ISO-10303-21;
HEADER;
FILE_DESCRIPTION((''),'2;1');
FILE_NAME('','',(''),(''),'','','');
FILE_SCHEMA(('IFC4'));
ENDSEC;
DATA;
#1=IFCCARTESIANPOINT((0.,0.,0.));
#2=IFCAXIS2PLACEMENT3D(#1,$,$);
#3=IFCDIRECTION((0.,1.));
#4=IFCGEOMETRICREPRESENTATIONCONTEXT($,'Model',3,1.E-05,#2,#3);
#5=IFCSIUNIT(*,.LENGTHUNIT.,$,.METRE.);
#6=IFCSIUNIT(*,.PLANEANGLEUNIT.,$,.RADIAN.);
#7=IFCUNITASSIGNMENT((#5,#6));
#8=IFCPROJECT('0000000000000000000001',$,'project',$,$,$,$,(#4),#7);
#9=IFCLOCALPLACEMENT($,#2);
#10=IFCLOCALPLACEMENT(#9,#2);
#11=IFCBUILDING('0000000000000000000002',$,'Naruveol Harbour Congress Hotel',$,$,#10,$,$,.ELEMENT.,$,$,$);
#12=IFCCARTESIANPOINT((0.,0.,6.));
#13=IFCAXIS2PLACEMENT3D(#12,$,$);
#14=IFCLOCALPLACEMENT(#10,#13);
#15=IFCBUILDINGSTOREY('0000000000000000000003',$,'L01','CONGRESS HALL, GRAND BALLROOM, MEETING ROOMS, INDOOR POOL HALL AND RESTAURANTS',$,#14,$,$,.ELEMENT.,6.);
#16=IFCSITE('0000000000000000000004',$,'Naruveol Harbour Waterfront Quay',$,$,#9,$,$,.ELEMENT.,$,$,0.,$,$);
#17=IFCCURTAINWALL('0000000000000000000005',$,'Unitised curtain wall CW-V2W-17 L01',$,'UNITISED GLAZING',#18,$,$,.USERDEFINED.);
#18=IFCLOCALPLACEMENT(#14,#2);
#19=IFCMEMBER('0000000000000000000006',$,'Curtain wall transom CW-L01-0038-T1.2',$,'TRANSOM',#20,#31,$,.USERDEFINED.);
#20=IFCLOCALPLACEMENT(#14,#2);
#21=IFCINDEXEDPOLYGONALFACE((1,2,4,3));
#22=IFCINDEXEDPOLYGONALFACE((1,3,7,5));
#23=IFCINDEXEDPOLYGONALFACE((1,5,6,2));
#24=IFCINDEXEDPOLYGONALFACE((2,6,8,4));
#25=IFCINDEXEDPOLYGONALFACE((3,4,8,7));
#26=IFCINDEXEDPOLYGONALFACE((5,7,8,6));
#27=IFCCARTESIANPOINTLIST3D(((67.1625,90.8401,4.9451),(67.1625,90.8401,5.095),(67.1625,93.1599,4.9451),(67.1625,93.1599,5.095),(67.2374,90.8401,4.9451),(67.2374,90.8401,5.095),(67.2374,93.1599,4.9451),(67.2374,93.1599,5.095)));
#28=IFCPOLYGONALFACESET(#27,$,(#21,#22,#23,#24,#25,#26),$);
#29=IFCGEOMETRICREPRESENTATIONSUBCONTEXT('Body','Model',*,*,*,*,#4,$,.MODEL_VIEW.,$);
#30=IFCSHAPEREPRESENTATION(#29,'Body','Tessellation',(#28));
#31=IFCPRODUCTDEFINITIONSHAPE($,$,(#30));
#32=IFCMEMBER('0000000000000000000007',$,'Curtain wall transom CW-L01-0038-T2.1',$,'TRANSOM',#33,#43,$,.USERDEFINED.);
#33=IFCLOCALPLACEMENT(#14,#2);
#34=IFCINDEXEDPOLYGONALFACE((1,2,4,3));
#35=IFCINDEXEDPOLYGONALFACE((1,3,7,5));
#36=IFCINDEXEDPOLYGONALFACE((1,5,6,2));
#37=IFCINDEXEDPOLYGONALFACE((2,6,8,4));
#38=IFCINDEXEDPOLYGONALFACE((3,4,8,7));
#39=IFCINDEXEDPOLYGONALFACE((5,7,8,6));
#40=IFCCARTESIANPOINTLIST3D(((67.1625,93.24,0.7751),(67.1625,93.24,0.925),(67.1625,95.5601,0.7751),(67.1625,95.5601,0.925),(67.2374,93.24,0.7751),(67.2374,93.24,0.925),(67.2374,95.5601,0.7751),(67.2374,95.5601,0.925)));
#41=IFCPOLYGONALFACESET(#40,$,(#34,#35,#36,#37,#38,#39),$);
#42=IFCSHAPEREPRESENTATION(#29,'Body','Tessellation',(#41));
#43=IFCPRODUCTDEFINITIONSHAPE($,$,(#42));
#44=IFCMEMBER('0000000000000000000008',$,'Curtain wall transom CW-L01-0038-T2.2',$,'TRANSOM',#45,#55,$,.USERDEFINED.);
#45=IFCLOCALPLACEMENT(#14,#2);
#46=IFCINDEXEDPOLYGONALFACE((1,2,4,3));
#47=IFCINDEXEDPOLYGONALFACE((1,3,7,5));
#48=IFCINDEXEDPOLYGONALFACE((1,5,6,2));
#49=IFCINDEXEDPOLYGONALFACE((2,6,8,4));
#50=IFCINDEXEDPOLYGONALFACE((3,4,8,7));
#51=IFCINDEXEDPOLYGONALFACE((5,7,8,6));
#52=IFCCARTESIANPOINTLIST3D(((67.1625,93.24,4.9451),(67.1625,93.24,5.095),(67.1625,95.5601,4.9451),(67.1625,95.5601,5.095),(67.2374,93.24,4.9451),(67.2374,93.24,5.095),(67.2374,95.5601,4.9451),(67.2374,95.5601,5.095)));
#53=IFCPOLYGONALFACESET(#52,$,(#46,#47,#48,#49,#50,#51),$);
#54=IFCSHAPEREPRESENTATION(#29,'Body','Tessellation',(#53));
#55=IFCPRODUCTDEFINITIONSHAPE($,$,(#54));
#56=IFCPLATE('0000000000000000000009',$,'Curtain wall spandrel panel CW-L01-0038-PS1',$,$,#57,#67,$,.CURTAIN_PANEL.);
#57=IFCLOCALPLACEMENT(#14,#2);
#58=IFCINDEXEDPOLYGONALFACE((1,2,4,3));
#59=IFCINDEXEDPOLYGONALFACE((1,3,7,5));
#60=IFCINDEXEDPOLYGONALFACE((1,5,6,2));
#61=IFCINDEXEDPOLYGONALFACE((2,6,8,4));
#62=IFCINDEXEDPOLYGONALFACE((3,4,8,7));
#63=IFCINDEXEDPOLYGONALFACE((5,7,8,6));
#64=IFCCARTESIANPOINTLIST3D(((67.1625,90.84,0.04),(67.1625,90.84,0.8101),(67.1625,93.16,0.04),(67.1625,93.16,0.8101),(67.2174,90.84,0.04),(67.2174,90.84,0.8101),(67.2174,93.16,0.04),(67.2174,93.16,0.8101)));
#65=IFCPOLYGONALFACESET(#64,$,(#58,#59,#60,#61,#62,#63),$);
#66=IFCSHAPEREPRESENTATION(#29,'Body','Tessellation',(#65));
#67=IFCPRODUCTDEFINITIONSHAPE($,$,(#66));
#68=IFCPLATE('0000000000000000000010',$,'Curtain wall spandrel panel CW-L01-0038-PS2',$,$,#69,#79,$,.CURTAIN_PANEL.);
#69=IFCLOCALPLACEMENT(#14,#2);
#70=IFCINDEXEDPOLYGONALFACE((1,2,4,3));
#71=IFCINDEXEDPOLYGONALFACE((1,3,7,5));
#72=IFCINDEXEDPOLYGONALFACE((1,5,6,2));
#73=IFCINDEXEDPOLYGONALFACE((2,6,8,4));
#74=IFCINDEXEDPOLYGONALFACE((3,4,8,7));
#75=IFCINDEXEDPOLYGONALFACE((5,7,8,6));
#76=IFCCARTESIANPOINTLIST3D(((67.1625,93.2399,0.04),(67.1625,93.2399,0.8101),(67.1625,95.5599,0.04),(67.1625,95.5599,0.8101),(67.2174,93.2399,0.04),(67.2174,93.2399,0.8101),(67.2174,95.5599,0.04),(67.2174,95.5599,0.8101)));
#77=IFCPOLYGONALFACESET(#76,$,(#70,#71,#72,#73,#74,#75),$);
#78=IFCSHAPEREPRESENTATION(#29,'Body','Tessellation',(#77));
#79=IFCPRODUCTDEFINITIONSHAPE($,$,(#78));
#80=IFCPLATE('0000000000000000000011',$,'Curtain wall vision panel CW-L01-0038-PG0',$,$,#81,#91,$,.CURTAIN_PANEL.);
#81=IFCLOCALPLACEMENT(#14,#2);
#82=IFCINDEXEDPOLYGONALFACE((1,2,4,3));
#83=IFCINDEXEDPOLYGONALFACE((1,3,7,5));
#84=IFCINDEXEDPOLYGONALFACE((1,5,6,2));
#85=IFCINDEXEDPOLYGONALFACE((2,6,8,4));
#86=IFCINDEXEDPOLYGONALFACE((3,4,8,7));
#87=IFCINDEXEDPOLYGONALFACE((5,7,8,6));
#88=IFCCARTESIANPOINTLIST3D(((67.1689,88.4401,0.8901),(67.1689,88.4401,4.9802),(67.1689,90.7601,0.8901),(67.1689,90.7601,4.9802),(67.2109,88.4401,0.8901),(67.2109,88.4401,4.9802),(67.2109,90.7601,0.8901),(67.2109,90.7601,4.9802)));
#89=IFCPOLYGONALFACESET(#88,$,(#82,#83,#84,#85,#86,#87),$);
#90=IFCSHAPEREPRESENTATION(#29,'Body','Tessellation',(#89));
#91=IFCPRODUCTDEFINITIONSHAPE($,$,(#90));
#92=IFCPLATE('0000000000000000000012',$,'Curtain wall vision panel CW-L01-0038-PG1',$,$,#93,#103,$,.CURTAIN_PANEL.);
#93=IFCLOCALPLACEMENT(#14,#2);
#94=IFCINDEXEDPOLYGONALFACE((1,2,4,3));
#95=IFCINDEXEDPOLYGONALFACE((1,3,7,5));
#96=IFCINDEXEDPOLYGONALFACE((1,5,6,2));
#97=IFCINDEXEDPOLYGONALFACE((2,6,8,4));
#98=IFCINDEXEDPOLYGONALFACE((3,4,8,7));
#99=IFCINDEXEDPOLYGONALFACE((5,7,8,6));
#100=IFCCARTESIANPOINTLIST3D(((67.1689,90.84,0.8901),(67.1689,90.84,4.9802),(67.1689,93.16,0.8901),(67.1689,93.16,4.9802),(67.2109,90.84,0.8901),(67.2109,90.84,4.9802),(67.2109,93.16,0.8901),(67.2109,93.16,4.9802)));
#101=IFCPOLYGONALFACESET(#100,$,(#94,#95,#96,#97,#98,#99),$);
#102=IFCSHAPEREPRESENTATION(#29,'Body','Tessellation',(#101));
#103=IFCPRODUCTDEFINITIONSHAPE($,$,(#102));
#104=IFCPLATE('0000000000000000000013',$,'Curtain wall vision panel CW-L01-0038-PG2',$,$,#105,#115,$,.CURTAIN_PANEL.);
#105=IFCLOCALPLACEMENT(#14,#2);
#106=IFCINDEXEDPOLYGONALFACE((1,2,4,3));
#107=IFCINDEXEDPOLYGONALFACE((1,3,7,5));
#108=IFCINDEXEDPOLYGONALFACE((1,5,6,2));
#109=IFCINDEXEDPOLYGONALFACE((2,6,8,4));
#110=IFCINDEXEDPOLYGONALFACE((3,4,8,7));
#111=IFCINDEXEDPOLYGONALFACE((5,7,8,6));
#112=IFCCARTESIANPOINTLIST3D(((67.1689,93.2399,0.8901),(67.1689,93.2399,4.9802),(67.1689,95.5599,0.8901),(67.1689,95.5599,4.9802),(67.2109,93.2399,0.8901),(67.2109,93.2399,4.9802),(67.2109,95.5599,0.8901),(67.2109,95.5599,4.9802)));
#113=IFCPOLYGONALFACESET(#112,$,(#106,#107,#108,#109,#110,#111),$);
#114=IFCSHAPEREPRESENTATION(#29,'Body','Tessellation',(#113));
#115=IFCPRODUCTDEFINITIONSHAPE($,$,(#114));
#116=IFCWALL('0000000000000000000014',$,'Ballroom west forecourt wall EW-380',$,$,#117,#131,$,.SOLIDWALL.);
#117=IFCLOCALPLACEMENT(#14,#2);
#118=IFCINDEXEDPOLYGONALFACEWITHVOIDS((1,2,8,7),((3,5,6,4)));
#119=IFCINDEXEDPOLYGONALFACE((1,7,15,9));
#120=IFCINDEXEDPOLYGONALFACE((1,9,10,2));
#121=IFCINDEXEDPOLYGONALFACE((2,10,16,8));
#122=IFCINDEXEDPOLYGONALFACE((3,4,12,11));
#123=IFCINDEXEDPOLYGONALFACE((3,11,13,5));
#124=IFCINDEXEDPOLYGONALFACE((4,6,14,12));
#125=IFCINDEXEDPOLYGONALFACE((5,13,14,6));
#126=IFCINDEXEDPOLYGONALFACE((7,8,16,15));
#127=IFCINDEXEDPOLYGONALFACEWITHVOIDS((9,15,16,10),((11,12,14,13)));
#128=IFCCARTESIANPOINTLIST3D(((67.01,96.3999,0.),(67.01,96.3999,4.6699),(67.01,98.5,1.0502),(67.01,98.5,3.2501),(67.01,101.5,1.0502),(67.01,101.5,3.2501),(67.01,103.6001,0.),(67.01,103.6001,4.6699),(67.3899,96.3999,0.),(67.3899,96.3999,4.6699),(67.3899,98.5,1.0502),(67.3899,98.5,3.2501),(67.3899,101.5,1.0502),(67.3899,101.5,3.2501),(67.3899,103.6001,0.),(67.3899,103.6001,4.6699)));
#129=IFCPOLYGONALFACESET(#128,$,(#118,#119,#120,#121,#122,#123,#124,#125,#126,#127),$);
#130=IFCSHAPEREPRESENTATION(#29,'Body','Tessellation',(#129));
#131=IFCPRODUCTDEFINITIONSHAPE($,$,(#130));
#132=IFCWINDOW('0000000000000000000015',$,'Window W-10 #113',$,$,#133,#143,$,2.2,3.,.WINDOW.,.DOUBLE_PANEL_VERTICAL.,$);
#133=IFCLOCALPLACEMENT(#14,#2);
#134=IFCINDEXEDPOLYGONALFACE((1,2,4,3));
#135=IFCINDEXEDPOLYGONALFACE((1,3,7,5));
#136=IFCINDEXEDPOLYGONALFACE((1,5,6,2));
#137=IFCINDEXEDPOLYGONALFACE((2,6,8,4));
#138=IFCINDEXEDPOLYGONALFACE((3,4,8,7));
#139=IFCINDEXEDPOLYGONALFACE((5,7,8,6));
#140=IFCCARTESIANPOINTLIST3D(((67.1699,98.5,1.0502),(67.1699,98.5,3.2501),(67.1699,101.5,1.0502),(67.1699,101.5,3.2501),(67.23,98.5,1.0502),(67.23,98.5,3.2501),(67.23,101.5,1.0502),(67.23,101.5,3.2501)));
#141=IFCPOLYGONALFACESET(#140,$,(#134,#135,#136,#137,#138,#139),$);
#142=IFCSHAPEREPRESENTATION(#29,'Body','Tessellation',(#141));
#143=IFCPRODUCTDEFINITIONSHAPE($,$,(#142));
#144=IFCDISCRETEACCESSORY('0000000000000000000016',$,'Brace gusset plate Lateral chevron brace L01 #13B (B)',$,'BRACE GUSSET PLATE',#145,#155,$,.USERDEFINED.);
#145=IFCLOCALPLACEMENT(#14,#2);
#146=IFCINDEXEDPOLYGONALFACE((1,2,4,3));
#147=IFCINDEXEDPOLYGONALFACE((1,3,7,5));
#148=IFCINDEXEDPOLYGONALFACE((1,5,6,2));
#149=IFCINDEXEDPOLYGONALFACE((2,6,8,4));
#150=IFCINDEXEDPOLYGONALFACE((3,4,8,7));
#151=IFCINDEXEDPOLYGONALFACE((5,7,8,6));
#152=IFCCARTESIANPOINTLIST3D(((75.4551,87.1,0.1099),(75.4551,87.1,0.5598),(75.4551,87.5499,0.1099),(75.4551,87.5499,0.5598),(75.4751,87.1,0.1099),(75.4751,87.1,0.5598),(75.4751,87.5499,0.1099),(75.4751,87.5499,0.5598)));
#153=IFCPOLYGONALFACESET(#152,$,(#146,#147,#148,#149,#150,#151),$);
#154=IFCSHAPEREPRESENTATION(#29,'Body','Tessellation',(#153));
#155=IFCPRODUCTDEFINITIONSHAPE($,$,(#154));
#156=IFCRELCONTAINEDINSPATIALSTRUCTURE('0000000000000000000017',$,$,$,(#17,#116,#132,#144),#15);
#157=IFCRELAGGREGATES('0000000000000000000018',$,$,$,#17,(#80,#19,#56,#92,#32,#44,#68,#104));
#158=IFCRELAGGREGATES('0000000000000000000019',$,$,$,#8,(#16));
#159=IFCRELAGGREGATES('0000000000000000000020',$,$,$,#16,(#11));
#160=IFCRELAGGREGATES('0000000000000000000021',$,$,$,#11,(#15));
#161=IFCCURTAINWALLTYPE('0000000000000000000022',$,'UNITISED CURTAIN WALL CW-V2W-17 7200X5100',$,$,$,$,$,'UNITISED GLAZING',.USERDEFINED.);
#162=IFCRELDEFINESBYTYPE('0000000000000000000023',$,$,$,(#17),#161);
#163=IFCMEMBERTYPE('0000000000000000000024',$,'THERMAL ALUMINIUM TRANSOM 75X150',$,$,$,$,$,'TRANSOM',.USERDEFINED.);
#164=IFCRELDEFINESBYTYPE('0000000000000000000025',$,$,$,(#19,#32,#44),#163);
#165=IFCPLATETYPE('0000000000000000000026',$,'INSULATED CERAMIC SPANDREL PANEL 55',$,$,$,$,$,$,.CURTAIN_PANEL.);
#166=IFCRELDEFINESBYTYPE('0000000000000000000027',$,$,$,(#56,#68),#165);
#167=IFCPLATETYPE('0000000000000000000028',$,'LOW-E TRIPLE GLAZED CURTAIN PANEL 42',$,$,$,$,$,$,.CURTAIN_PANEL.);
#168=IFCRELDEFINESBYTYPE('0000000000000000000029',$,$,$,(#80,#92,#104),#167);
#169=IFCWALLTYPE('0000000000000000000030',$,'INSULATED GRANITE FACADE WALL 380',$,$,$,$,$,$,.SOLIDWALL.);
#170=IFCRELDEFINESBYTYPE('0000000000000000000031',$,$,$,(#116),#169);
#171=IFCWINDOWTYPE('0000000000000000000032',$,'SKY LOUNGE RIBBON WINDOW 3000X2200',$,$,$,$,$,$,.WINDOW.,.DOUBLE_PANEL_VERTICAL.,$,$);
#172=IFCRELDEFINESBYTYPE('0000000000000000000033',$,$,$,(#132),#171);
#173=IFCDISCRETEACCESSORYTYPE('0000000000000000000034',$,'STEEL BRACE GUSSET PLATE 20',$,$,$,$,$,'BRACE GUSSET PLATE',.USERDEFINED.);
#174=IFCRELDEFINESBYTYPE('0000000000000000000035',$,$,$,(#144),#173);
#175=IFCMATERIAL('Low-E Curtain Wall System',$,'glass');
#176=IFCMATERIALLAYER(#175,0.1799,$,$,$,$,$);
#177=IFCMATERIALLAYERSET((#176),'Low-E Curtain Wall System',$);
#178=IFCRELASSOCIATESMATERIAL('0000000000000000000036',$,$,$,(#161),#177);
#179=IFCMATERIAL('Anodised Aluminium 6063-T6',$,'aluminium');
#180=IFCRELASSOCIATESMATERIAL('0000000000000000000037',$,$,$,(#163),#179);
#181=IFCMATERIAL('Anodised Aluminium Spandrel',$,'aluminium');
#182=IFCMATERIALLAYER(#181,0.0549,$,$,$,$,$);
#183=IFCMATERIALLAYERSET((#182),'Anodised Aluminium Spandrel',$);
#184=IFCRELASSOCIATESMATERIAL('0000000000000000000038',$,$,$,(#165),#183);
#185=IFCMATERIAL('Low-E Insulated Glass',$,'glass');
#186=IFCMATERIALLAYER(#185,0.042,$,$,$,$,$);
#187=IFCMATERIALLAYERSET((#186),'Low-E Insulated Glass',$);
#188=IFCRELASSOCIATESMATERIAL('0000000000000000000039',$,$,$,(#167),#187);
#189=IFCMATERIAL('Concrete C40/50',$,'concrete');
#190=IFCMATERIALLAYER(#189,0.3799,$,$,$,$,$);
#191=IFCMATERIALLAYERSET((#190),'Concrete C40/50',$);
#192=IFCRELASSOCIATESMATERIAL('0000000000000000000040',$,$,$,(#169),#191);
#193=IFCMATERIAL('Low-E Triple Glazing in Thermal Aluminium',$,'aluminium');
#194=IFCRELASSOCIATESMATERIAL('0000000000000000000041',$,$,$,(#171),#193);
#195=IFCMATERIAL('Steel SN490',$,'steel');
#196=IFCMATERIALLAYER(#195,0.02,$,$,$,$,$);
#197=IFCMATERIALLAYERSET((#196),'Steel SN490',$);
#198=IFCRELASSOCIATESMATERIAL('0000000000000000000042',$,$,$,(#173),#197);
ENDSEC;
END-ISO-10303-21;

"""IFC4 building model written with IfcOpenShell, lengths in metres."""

from ifc_helpers import new_model, si_unit, direction, frame, frame_2d, origin, origin_2d, place, context, subcontext, project, spatial, rectangle, extrude, material, layer, layer_set, material_profile, profile_set, type_object, element, fill, aggregate, save


model = new_model("IFC4")

# Units and contexts
model_context = context("Model", 3, precision=1e-05, world=origin(), true_north=direction((0.0, 1.0)))
body_context = subcontext(model_context, "Body", "Model", "MODEL_VIEW")
ifc_project = project(units=[si_unit("LENGTHUNIT", "METRE"), si_unit("PLANEANGLEUNIT", "RADIAN")], contexts=[model_context])

# Site, building, storey
site_placement = place(None, origin())
site = spatial("IfcSite", under=ifc_project, at=site_placement, Name="Naruveol Harbour Waterfront Quay", CompositionType="ELEMENT", RefElevation=0.0)
building_placement = place(site_placement, origin())
building = spatial("IfcBuilding", under=site, at=building_placement, Name="Naruveol Harbour Congress Hotel", CompositionType="ELEMENT")
storey_placement = place(building_placement, frame((0.0, 0.0, 6.0)))
storey = spatial("IfcBuildingStorey", under=building, at=storey_placement, Name="L01", Description="CONGRESS HALL, GRAND BALLROOM, MEETING ROOMS, INDOOR POOL HALL AND RESTAURANTS", CompositionType="ELEMENT", Elevation=6.0)

# Curtain wall
ifc_material_1 = material(Name="Low-E Curtain Wall System", Category="glass")
ifc_layer_1 = layer(ifc_material_1, 0.1799)
ifc_layer_set_1 = layer_set([ifc_layer_1], Name="Low-E Curtain Wall System")
curtain_wall_type = type_object("IfcCurtainWallType", Name="UNITISED CURTAIN WALL CW-V2W-17 7200X5100", ElementType="UNITISED GLAZING", PredefinedType="USERDEFINED", material=ifc_layer_set_1)
curtain_wall_1_placement = place(storey_placement, origin())
curtain_wall_1 = element("IfcCurtainWall", 1, at=curtain_wall_1_placement, inside=storey, type_object=curtain_wall_type, Name="Unitised curtain wall CW-V2W-17 L01", ObjectType="UNITISED GLAZING", PredefinedType="USERDEFINED")

# Members
ifc_material_2 = material(Name="Anodised Aluminium 6063-T6", Category="aluminium")
ifc_material_profile_1 = material_profile(ifc_material_2, rectangle(XDim=0.075, YDim=0.1499, at=origin_2d()), Name="ALU-75x150")
ifc_profile_set_1 = profile_set([ifc_material_profile_1], Name="Anodised Aluminium 6063-T6")
member_type_1 = type_object("IfcMemberType", Name="THERMAL ALUMINIUM TRANSOM 75X150", ElementType="TRANSOM", PredefinedType="USERDEFINED", material=ifc_profile_set_1)
member_1_placement = place(storey_placement, frame((67.2, 90.8401, 5.02), z_axis=(0.0, 1.0, 0.0), x_axis=(-1.0, 0.0, 0.0)))
member_1 = element("IfcMember", 2, at=member_1_placement, type_object=member_type_1, Name="Curtain wall transom CW-L01-0038-T1.2", ObjectType="TRANSOM", PredefinedType="USERDEFINED", context=body_context, shape_type="SweptSolid", body=[
    extrude(rectangle(XDim=0.075, YDim=0.1499, at=origin_2d()), origin(), (0.0, 0.0, 1.0), 2.3198),
])
member_2_placement = place(storey_placement, frame((67.2, 93.24, 0.8501), z_axis=(0.0, 1.0, 0.0), x_axis=(-1.0, 0.0, 0.0)))
member_2 = element("IfcMember", 3, at=member_2_placement, type_object=member_type_1, Name="Curtain wall transom CW-L01-0038-T2.1", ObjectType="TRANSOM", PredefinedType="USERDEFINED", context=body_context, shape_type="SweptSolid", body=[
    extrude(rectangle(XDim=0.075, YDim=0.1499, at=origin_2d()), origin(), (0.0, 0.0, 1.0), 2.3201),
])
member_3_placement = place(storey_placement, frame((67.2, 93.24, 5.02), z_axis=(0.0, 1.0, 0.0), x_axis=(-1.0, 0.0, 0.0)))
member_3 = element("IfcMember", 4, at=member_3_placement, type_object=member_type_1, Name="Curtain wall transom CW-L01-0038-T2.2", ObjectType="TRANSOM", PredefinedType="USERDEFINED", context=body_context, shape_type="SweptSolid", body=[
    extrude(rectangle(XDim=0.075, YDim=0.1499, at=origin_2d()), origin(), (0.0, 0.0, 1.0), 2.3201),
])

# Plates
ifc_material_3 = material(Name="Anodised Aluminium Spandrel", Category="aluminium")
ifc_layer_2 = layer(ifc_material_3, 0.0549)
ifc_layer_set_2 = layer_set([ifc_layer_2], Name="Anodised Aluminium Spandrel")
plate_type_1 = type_object("IfcPlateType", Name="INSULATED CERAMIC SPANDREL PANEL 55", PredefinedType="CURTAIN_PANEL", material=ifc_layer_set_2)
plate_1_placement = place(storey_placement, frame((67.1899, 92.0, 0.04), z_axis=(0.0, 0.0, 1.0), x_axis=(0.0, 1.0, 0.0)))
plate_1 = element("IfcPlate", 5, at=plate_1_placement, type_object=plate_type_1, Name="Curtain wall spandrel panel CW-L01-0038-PS1", PredefinedType="CURTAIN_PANEL", context=body_context, shape_type="SweptSolid", body=[
    extrude(rectangle(XDim=2.3201, YDim=0.0549, at=origin_2d()), origin(), (0.0, 0.0, 1.0), 0.77),
])
plate_2_placement = place(storey_placement, frame((67.1899, 94.3999, 0.04), z_axis=(0.0, 0.0, 1.0), x_axis=(0.0, 1.0, 0.0)))
plate_2 = element("IfcPlate", 6, at=plate_2_placement, type_object=plate_type_1, Name="Curtain wall spandrel panel CW-L01-0038-PS2", PredefinedType="CURTAIN_PANEL", context=body_context, shape_type="SweptSolid", body=[
    extrude(rectangle(XDim=2.3201, YDim=0.0549, at=origin_2d()), origin(), (0.0, 0.0, 1.0), 0.77),
])
ifc_material_4 = material(Name="Low-E Insulated Glass", Category="glass")
ifc_layer_3 = layer(ifc_material_4, 0.042)
ifc_layer_set_3 = layer_set([ifc_layer_3], Name="Low-E Insulated Glass")
plate_type_2 = type_object("IfcPlateType", Name="LOW-E TRIPLE GLAZED CURTAIN PANEL 42", PredefinedType="CURTAIN_PANEL", material=ifc_layer_set_3)
plate_3_placement = place(storey_placement, frame((67.1899, 89.6001, 0.8901), z_axis=(0.0, 0.0, 1.0), x_axis=(0.0, 1.0, 0.0)))
plate_3 = element("IfcPlate", 7, at=plate_3_placement, type_object=plate_type_2, Name="Curtain wall vision panel CW-L01-0038-PG0", PredefinedType="CURTAIN_PANEL", context=body_context, shape_type="SweptSolid", body=[
    extrude(rectangle(XDim=2.3201, YDim=0.042, at=origin_2d()), origin(), (0.0, 0.0, 1.0), 4.0901),
])
plate_4_placement = place(storey_placement, frame((67.1899, 92.0, 0.8901), z_axis=(0.0, 0.0, 1.0), x_axis=(0.0, 1.0, 0.0)))
plate_4 = element("IfcPlate", 8, at=plate_4_placement, type_object=plate_type_2, Name="Curtain wall vision panel CW-L01-0038-PG1", PredefinedType="CURTAIN_PANEL", context=body_context, shape_type="SweptSolid", body=[
    extrude(rectangle(XDim=2.3201, YDim=0.042, at=origin_2d()), origin(), (0.0, 0.0, 1.0), 4.0901),
])
plate_5_placement = place(storey_placement, frame((67.1899, 94.3999, 0.8901), z_axis=(0.0, 0.0, 1.0), x_axis=(0.0, 1.0, 0.0)))
plate_5 = element("IfcPlate", 9, at=plate_5_placement, type_object=plate_type_2, Name="Curtain wall vision panel CW-L01-0038-PG2", PredefinedType="CURTAIN_PANEL", context=body_context, shape_type="SweptSolid", body=[
    extrude(rectangle(XDim=2.3201, YDim=0.042, at=origin_2d()), origin(), (0.0, 0.0, 1.0), 4.0901),
])
aggregate(curtain_wall_1, [plate_3, member_1, plate_1, plate_4, member_2, member_3, plate_2, plate_5])

# Wall, opening, window
ifc_material_5 = material(Name="Concrete C40/50", Category="concrete")
ifc_layer_4 = layer(ifc_material_5, 0.3799)
ifc_layer_set_4 = layer_set([ifc_layer_4], Name="Concrete C40/50")
wall_type = type_object("IfcWallType", Name="INSULATED GRANITE FACADE WALL 380", PredefinedType="SOLIDWALL", material=ifc_layer_set_4)
wall_placement = place(storey_placement, frame((67.2, 96.3999, 0.0), z_axis=(0.0, 0.0, 1.0), x_axis=(0.0, 1.0, 0.0)))
wall = element("IfcWall", 10, at=wall_placement, inside=storey, type_object=wall_type, Name="Ballroom west forecourt wall EW-380", PredefinedType="SOLIDWALL", context=body_context, shape_type="SweptSolid", body=[
    extrude(rectangle(XDim=7.2002, YDim=0.3799, at=frame_2d((3.6001, 0.0))), origin(), (0.0, 0.0, 1.0), 4.6699),
])
opening_placement = place(wall_placement, frame((2.1001, 0.0, 1.05)))
opening = element("IfcOpeningElement", 11, at=opening_placement, cuts=wall, PredefinedType="OPENING", context=body_context, shape_type="SweptSolid", body=[
    extrude(rectangle(XDim=3.0, YDim=2.2, at=frame_2d((1.5, 1.1001))), frame((0.0, 0.2, 0.0), z_axis=(0.0, -1.0, 0.0), x_axis=(1.0, 0.0, 0.0)), (0.0, 0.0, 1.0), 0.3999),
])
ifc_material_6 = material(Name="Low-E Triple Glazing in Thermal Aluminium", Category="aluminium")
window_type = type_object("IfcWindowType", Name="SKY LOUNGE RIBBON WINDOW 3000X2200", PartitioningType="DOUBLE_PANEL_VERTICAL", PredefinedType="WINDOW", material=ifc_material_6)
window_placement = place(opening_placement, origin())
window = element("IfcWindow", 12, at=window_placement, inside=storey, type_object=window_type, Name="Window W-10 #113", OverallHeight=2.2, OverallWidth=3.0, PartitioningType="DOUBLE_PANEL_VERTICAL", PredefinedType="WINDOW", context=body_context, shape_type="SweptSolid", body=[
    extrude(rectangle(XDim=3.0, YDim=2.2, at=frame_2d((1.5, 1.1001))), frame((0.0, 0.03, 0.0), z_axis=(0.0, -1.0, 0.0), x_axis=(1.0, 0.0, 0.0)), (0.0, 0.0, 1.0), 0.0601),
])
fill(opening, window)

# Discrete accessory
ifc_material_7 = material(Name="Steel SN490", Category="steel")
ifc_layer_5 = layer(ifc_material_7, 0.02)
ifc_layer_set_5 = layer_set([ifc_layer_5], Name="Steel SN490")
discrete_accessory_type = type_object("IfcDiscreteAccessoryType", Name="STEEL BRACE GUSSET PLATE 20", ElementType="BRACE GUSSET PLATE", PredefinedType="USERDEFINED", material=ifc_layer_set_5)
discrete_accessory_placement = place(storey_placement, frame((75.4651, 87.325, 0.1099), z_axis=(0.0, 0.0, 1.0), x_axis=(0.0, -1.0, 0.0)))
element("IfcDiscreteAccessory", 13, at=discrete_accessory_placement, inside=storey, type_object=discrete_accessory_type, Name="Brace gusset plate Lateral chevron brace L01 #13B (B)", ObjectType="BRACE GUSSET PLATE", PredefinedType="USERDEFINED", context=body_context, shape_type="SweptSolid", body=[
    extrude(rectangle(XDim=0.45, YDim=0.02, at=origin_2d()), origin(), (0.0, 0.0, 1.0), 0.45),
])

save(model, "model.ifc")
